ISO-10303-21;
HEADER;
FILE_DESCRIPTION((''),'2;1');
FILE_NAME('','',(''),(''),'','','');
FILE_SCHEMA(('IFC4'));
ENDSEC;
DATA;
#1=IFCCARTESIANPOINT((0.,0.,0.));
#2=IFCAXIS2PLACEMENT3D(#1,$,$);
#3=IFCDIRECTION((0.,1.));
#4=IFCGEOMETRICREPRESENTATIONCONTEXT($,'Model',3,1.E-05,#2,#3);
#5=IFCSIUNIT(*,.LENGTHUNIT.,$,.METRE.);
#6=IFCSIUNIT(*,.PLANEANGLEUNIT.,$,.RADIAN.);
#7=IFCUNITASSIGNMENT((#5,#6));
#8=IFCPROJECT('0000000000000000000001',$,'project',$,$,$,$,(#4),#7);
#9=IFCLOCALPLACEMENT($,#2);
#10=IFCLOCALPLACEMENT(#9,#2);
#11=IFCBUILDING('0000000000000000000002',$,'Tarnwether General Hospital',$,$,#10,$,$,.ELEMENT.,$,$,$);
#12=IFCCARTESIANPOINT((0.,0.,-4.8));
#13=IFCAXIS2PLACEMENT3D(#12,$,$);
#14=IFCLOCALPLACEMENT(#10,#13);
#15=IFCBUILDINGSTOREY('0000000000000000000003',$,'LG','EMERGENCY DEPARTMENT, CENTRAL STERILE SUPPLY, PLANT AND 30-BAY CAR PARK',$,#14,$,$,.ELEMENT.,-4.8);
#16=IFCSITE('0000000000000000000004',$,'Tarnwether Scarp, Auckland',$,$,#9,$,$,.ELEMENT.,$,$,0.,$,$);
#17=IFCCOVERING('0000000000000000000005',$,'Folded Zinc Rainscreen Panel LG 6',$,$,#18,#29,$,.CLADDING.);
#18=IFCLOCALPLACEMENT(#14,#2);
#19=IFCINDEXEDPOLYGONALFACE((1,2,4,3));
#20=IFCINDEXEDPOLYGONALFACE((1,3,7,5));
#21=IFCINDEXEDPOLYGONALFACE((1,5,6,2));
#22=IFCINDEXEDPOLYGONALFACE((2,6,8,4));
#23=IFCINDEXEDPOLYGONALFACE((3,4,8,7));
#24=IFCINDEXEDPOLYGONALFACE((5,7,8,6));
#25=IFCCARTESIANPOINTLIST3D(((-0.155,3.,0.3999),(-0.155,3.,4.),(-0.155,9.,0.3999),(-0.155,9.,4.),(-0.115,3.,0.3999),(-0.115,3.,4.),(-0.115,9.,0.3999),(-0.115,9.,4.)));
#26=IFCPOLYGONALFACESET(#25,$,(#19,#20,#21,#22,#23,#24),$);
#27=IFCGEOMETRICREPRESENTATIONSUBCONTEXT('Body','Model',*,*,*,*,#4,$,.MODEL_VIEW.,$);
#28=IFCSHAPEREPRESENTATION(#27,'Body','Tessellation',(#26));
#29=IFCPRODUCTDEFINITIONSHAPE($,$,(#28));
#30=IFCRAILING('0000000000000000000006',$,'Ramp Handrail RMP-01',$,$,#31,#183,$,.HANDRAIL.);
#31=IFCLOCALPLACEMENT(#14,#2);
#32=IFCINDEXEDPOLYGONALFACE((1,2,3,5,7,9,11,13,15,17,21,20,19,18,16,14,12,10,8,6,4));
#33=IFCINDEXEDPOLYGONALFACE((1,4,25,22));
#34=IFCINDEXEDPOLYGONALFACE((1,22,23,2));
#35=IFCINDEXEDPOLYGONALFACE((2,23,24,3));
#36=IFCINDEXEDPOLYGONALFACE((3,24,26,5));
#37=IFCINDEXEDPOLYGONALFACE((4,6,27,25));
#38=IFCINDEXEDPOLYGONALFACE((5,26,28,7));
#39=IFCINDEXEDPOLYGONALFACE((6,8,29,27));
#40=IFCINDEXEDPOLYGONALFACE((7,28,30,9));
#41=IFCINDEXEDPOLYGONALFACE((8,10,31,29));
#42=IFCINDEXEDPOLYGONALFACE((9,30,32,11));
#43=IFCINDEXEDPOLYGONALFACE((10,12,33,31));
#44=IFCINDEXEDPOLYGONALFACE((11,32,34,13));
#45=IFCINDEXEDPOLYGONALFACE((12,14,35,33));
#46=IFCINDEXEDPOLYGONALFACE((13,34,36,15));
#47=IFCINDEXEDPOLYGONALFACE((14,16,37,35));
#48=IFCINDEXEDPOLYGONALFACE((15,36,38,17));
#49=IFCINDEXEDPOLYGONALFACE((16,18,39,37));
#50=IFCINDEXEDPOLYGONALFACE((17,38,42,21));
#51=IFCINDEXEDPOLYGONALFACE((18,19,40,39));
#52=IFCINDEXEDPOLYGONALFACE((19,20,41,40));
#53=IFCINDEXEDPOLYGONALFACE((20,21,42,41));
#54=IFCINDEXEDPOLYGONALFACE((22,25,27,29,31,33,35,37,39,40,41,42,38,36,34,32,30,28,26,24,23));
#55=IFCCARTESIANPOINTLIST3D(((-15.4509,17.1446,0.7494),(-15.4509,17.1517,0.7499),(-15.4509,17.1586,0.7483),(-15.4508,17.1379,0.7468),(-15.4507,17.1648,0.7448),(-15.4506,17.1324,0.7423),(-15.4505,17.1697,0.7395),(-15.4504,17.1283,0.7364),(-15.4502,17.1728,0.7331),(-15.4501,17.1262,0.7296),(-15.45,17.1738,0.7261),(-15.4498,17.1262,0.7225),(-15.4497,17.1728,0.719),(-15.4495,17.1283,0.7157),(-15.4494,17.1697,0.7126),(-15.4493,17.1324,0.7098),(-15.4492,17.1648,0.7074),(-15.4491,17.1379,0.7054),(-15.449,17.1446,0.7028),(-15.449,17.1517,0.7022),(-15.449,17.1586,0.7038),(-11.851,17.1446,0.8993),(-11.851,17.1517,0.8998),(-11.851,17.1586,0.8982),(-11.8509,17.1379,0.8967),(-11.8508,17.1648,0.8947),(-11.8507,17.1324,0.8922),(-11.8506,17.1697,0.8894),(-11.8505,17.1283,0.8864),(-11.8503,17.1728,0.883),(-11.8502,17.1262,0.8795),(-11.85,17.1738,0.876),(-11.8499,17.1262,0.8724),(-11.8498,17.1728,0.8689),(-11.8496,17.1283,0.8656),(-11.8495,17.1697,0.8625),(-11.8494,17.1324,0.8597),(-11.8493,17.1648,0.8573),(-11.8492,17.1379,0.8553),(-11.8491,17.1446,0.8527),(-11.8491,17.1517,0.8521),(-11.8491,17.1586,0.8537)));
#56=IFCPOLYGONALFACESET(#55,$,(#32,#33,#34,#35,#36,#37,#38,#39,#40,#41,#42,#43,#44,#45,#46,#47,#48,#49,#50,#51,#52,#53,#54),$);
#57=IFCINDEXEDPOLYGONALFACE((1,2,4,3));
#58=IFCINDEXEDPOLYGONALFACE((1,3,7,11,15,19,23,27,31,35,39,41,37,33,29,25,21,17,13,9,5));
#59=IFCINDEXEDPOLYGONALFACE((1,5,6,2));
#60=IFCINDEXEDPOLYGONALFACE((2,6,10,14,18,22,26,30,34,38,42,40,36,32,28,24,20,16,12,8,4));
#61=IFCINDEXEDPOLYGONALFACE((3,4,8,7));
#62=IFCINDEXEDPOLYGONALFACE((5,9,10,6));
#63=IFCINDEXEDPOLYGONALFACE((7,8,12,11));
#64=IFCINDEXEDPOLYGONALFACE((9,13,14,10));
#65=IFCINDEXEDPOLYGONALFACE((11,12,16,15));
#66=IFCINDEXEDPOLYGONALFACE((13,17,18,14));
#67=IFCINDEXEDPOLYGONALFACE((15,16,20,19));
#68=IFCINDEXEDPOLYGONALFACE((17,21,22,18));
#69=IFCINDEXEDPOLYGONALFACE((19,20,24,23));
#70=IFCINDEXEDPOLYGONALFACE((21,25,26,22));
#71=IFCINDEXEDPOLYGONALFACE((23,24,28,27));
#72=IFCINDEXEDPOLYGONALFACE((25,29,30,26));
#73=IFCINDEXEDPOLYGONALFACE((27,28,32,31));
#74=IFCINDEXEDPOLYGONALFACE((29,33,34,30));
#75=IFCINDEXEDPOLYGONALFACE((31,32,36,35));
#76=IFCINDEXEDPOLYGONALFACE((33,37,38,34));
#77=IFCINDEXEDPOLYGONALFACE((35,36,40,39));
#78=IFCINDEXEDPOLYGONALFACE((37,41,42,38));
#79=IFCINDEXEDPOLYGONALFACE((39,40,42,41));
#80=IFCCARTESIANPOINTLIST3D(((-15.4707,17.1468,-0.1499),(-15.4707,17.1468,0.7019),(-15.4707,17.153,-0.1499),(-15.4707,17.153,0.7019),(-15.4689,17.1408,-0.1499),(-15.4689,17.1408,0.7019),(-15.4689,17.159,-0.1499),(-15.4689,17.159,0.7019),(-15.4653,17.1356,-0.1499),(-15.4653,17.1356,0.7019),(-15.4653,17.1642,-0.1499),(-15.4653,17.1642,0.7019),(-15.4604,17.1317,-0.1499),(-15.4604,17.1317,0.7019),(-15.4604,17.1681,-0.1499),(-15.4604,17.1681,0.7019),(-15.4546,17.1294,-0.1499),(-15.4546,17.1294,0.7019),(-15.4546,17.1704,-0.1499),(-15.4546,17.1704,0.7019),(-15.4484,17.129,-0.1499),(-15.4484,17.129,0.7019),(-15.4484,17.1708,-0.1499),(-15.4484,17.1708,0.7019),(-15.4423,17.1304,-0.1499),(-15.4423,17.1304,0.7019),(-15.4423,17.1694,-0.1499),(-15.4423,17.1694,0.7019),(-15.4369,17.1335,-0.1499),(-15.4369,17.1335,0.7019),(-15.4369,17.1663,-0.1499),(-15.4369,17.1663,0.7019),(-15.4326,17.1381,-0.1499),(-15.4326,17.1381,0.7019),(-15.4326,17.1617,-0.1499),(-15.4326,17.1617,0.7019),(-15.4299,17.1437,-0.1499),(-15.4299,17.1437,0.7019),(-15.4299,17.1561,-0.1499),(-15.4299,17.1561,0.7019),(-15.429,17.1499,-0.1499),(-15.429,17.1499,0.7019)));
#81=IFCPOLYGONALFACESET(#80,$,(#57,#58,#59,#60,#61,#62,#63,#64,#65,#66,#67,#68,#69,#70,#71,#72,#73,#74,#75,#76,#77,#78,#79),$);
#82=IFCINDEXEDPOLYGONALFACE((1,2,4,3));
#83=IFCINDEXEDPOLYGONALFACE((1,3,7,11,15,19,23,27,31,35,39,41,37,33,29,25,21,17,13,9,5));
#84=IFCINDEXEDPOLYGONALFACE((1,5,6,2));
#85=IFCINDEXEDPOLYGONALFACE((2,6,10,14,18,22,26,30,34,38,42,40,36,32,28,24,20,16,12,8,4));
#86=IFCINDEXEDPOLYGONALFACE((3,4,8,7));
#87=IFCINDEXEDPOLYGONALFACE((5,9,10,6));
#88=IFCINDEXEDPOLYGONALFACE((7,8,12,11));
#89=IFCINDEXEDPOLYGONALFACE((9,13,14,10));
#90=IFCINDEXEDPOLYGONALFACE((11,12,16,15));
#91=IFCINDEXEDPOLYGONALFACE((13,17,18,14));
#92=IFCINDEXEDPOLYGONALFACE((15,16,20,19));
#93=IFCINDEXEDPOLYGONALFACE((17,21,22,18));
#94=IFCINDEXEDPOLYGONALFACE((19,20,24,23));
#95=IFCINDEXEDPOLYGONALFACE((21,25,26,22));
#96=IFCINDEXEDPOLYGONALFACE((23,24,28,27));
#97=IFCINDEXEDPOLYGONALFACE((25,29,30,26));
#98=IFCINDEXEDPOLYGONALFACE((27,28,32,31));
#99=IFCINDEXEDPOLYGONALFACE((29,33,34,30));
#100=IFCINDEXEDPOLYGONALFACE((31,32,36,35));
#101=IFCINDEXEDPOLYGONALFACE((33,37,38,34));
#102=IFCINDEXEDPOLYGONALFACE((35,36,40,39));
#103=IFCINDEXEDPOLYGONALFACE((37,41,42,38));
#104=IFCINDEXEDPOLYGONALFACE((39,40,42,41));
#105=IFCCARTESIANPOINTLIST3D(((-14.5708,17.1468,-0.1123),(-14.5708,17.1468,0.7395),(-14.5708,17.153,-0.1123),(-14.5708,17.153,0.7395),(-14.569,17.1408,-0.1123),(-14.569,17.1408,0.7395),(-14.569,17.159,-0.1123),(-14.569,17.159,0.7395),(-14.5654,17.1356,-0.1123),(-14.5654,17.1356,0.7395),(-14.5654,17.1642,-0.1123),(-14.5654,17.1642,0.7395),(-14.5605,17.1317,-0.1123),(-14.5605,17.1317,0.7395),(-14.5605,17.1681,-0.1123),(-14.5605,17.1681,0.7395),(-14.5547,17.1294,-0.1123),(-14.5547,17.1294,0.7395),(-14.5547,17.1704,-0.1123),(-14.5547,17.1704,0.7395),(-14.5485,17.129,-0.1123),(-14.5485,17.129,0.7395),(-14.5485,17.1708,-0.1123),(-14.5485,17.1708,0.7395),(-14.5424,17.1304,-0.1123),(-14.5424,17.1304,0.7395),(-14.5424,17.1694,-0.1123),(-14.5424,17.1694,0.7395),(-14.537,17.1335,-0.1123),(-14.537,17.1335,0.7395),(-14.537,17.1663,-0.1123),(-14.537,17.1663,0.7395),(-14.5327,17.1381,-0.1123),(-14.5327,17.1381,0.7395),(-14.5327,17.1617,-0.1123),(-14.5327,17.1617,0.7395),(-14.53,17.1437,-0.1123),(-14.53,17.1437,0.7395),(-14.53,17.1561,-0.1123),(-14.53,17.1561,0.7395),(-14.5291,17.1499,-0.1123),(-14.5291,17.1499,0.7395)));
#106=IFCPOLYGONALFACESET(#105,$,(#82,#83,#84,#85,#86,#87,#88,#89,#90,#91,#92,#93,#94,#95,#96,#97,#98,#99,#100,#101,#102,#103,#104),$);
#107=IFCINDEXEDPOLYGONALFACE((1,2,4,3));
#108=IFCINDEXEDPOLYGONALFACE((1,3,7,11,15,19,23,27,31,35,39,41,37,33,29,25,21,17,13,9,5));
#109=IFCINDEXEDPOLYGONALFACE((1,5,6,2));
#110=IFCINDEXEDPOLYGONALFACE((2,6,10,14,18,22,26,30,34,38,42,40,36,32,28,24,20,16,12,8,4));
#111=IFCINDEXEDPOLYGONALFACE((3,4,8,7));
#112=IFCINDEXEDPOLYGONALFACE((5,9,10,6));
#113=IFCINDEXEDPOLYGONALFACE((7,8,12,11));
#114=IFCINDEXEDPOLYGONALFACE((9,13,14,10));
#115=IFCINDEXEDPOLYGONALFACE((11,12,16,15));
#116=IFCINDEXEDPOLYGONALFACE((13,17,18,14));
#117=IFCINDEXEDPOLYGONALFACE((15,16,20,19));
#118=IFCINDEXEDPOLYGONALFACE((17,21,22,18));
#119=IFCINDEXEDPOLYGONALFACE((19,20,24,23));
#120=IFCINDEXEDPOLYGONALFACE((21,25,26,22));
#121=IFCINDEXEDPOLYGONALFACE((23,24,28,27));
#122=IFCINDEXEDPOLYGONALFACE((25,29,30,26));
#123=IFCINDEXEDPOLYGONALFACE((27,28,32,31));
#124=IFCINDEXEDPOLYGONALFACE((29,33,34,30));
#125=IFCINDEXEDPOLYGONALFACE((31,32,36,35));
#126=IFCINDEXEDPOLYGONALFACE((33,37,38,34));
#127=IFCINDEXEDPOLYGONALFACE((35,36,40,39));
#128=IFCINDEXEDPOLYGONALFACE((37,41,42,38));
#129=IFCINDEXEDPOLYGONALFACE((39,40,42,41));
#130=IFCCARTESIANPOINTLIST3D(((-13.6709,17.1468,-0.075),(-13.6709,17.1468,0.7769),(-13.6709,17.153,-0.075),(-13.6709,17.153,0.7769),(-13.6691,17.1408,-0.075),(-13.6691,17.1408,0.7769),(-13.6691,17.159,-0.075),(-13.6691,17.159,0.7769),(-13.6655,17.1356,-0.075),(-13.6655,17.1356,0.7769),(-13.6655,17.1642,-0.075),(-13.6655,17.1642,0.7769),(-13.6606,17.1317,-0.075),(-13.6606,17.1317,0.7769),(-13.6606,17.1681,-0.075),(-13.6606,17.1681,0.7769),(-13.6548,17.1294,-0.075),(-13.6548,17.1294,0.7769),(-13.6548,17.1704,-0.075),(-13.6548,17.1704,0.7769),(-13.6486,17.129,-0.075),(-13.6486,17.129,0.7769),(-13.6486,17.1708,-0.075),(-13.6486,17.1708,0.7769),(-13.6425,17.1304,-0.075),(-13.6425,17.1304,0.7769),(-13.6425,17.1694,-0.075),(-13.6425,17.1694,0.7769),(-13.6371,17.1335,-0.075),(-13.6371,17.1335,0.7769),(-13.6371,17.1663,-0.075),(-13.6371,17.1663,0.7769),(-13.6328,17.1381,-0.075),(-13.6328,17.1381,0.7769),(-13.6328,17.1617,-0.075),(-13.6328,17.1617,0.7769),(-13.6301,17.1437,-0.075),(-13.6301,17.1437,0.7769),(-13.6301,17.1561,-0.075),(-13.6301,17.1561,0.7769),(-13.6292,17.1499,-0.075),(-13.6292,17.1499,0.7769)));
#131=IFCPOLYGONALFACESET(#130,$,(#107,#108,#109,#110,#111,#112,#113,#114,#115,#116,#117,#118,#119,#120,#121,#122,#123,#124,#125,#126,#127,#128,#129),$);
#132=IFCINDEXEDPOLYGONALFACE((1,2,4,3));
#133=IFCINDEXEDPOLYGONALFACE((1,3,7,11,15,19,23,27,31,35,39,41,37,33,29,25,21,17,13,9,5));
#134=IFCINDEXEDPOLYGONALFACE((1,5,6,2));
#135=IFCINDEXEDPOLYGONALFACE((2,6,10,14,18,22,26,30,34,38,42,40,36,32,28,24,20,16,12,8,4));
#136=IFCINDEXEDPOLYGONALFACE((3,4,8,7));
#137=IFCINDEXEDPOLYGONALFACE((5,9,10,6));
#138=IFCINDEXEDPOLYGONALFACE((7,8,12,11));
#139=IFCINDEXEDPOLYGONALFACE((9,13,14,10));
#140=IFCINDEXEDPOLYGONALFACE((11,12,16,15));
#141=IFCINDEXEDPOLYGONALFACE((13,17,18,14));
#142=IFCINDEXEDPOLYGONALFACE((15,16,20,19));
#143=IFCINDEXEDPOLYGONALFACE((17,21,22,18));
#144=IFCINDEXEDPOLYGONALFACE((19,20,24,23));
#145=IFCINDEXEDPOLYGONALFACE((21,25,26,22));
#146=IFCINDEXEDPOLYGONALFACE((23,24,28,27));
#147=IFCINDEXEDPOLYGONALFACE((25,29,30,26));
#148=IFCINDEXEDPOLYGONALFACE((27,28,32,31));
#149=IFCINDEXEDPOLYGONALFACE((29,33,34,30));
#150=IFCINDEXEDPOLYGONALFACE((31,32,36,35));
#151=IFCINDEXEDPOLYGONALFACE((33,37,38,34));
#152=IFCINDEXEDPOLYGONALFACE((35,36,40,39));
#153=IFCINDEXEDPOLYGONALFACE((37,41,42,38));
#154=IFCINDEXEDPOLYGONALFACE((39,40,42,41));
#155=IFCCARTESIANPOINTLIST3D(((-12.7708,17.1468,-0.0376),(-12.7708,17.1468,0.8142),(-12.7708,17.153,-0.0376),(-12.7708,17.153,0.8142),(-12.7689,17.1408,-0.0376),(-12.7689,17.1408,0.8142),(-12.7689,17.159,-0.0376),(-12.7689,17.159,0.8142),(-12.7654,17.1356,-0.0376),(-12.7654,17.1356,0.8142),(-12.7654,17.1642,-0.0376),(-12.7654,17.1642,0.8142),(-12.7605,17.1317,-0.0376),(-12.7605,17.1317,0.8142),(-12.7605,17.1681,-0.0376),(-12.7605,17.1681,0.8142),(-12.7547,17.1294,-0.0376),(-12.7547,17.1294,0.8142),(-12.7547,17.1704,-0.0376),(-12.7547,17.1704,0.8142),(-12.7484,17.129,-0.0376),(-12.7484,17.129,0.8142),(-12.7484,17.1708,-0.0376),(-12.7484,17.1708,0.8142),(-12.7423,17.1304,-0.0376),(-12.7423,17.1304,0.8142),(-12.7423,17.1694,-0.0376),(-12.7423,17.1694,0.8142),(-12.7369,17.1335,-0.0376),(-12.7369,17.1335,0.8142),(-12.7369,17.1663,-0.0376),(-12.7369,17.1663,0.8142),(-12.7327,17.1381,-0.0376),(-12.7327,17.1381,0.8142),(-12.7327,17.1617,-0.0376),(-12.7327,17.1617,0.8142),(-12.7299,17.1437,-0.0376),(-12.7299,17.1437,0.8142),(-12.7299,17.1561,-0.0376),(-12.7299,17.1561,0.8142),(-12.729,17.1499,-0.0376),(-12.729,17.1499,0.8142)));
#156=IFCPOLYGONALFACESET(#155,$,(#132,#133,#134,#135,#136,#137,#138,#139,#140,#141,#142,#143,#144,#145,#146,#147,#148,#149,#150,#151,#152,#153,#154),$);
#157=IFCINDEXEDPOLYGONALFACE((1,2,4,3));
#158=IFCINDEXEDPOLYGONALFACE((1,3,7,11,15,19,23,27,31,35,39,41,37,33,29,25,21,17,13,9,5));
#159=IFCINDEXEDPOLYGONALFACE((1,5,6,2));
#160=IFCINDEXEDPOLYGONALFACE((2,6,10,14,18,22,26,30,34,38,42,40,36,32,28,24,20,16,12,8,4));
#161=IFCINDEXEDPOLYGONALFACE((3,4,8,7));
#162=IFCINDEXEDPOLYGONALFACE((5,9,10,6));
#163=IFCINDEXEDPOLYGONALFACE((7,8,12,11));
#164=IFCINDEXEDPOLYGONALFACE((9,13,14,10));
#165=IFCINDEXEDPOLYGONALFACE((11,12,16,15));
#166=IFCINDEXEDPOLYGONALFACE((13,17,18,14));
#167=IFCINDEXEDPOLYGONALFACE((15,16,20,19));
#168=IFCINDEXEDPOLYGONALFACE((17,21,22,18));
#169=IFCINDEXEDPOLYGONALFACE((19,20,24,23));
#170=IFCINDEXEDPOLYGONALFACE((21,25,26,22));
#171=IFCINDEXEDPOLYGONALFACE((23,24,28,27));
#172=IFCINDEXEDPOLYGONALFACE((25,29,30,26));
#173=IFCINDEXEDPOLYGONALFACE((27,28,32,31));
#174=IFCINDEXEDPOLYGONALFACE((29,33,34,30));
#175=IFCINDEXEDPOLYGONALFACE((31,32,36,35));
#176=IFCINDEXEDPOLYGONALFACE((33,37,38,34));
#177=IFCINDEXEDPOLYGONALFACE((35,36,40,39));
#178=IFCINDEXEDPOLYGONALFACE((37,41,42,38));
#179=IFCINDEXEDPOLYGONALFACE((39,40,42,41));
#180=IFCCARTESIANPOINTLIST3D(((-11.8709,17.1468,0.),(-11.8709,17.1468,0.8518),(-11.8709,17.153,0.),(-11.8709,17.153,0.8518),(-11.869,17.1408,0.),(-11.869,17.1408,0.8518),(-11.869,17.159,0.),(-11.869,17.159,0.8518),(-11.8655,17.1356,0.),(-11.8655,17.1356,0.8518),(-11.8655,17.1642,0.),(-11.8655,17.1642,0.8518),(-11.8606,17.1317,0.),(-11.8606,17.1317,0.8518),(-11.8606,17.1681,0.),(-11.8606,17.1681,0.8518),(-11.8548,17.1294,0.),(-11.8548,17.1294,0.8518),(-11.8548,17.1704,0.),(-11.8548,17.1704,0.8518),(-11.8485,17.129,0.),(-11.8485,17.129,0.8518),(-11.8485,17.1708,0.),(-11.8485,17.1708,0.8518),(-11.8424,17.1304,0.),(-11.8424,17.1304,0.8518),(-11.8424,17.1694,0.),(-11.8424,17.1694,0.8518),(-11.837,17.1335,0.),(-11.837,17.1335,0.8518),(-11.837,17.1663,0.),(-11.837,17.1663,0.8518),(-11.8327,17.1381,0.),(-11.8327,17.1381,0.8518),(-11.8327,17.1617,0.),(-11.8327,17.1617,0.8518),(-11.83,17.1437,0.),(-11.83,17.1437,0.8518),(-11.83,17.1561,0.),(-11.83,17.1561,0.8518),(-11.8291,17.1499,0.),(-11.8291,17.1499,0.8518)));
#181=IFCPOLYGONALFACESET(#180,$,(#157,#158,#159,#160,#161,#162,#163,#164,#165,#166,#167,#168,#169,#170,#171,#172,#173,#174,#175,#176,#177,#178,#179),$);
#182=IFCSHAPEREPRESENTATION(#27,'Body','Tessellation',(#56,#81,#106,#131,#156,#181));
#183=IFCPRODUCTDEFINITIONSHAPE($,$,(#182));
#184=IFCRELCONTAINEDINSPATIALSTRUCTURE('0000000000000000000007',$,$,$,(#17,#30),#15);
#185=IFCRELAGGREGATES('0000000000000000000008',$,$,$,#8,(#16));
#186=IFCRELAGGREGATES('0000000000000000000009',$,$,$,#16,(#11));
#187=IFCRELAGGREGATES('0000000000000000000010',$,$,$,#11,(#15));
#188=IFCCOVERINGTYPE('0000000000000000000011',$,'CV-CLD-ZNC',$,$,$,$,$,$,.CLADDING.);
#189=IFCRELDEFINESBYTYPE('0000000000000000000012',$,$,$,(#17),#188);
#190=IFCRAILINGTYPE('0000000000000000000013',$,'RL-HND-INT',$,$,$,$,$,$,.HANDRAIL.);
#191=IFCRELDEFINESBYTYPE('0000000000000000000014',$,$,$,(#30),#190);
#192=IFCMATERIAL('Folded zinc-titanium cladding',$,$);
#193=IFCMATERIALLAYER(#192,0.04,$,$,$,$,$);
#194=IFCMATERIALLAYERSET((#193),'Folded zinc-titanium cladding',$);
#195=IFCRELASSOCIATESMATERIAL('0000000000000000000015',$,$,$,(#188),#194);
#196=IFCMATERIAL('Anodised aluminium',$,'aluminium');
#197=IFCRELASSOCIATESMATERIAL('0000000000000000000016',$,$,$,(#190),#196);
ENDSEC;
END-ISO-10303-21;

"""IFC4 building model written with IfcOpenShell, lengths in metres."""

from ifc_helpers import new_model, si_unit, direction, frame, origin, origin_2d, place, context, subcontext, project, spatial, rectangle, circle, extrude, material, layer, layer_set, type_object, element, save


model = new_model("IFC4")

# Units and contexts
model_context = context("Model", 3, precision=1e-05, world=origin(), true_north=direction((0.0, 1.0)))
body_context = subcontext(model_context, "Body", "Model", "MODEL_VIEW")
ifc_project = project(units=[si_unit("LENGTHUNIT", "METRE"), si_unit("PLANEANGLEUNIT", "RADIAN")], contexts=[model_context])

# Site, building, storey
site_placement = place(None, origin())
site = spatial("IfcSite", under=ifc_project, at=site_placement, Name="Tarnwether Scarp, Auckland", CompositionType="ELEMENT", RefElevation=0.0)
building_placement = place(site_placement, origin())
building = spatial("IfcBuilding", under=site, at=building_placement, Name="Tarnwether General Hospital", CompositionType="ELEMENT")
storey_placement = place(building_placement, frame((0.0, 0.0, -4.8)))
storey = spatial("IfcBuildingStorey", under=building, at=storey_placement, Name="LG", Description="EMERGENCY DEPARTMENT, CENTRAL STERILE SUPPLY, PLANT AND 30-BAY CAR PARK", CompositionType="ELEMENT", Elevation=-4.8)

# Covering
ifc_material_1 = material(Name="Folded zinc-titanium cladding")
ifc_layer_1 = layer(ifc_material_1, 0.04)
ifc_layer_set_1 = layer_set([ifc_layer_1], Name="Folded zinc-titanium cladding")
covering_type = type_object("IfcCoveringType", Name="CV-CLD-ZNC", PredefinedType="CLADDING", material=ifc_layer_set_1)
covering_placement = place(storey_placement, frame((-0.135, 6.0, 0.3999), z_axis=(0.0, 0.0, 1.0), x_axis=(1.0, 0.0, 0.0)))
element("IfcCovering", 1, at=covering_placement, inside=storey, type_object=covering_type, Name="Folded Zinc Rainscreen Panel LG 6", PredefinedType="CLADDING", context=body_context, shape_type="SweptSolid", body=[
    extrude(rectangle(XDim=0.04, YDim=6.0, at=origin_2d()), origin(), (0.0, 0.0, 1.0), 3.6001),
])

# Railing
ifc_material_2 = material(Name="Anodised aluminium", Category="aluminium")
railing_type = type_object("IfcRailingType", Name="RL-HND-INT", PredefinedType="HANDRAIL", material=ifc_material_2)
for number, where, name in (
    (2, (-15.45, 17.1499, -0.1499), "Ramp Handrail RMP-01"),
):
    element("IfcRailing", number, at=place(storey_placement, frame(where)), inside=storey, type_object=railing_type, Name=name, PredefinedType="HANDRAIL", context=body_context, shape_type="SweptSolid", body=[
        extrude(circle(Radius=0.0239, at=origin_2d()), frame((0.0, 0.0, 0.876), z_axis=(0.999134, 0.0, 0.041605), x_axis=(0.0, 1.0, 0.0)), (0.0, 0.0, 1.0), 3.603),
        extrude(circle(Radius=0.021, at=origin_2d()), origin(), (0.0, 0.0, 1.0), 0.8518),
        extrude(circle(Radius=0.021, at=origin_2d()), frame((0.8999, 0.0, 0.0376)), (0.0, 0.0, 1.0), 0.8518),
        extrude(circle(Radius=0.021, at=origin_2d()), frame((1.7998, 0.0, 0.075)), (0.0, 0.0, 1.0), 0.8518),
        extrude(circle(Radius=0.021, at=origin_2d()), frame((2.7, 0.0, 0.1123)), (0.0, 0.0, 1.0), 0.8518),
        extrude(circle(Radius=0.021, at=origin_2d()), frame((3.5999, 0.0, 0.1499)), (0.0, 0.0, 1.0), 0.8518),
    ])

save(model, "model.ifc")
